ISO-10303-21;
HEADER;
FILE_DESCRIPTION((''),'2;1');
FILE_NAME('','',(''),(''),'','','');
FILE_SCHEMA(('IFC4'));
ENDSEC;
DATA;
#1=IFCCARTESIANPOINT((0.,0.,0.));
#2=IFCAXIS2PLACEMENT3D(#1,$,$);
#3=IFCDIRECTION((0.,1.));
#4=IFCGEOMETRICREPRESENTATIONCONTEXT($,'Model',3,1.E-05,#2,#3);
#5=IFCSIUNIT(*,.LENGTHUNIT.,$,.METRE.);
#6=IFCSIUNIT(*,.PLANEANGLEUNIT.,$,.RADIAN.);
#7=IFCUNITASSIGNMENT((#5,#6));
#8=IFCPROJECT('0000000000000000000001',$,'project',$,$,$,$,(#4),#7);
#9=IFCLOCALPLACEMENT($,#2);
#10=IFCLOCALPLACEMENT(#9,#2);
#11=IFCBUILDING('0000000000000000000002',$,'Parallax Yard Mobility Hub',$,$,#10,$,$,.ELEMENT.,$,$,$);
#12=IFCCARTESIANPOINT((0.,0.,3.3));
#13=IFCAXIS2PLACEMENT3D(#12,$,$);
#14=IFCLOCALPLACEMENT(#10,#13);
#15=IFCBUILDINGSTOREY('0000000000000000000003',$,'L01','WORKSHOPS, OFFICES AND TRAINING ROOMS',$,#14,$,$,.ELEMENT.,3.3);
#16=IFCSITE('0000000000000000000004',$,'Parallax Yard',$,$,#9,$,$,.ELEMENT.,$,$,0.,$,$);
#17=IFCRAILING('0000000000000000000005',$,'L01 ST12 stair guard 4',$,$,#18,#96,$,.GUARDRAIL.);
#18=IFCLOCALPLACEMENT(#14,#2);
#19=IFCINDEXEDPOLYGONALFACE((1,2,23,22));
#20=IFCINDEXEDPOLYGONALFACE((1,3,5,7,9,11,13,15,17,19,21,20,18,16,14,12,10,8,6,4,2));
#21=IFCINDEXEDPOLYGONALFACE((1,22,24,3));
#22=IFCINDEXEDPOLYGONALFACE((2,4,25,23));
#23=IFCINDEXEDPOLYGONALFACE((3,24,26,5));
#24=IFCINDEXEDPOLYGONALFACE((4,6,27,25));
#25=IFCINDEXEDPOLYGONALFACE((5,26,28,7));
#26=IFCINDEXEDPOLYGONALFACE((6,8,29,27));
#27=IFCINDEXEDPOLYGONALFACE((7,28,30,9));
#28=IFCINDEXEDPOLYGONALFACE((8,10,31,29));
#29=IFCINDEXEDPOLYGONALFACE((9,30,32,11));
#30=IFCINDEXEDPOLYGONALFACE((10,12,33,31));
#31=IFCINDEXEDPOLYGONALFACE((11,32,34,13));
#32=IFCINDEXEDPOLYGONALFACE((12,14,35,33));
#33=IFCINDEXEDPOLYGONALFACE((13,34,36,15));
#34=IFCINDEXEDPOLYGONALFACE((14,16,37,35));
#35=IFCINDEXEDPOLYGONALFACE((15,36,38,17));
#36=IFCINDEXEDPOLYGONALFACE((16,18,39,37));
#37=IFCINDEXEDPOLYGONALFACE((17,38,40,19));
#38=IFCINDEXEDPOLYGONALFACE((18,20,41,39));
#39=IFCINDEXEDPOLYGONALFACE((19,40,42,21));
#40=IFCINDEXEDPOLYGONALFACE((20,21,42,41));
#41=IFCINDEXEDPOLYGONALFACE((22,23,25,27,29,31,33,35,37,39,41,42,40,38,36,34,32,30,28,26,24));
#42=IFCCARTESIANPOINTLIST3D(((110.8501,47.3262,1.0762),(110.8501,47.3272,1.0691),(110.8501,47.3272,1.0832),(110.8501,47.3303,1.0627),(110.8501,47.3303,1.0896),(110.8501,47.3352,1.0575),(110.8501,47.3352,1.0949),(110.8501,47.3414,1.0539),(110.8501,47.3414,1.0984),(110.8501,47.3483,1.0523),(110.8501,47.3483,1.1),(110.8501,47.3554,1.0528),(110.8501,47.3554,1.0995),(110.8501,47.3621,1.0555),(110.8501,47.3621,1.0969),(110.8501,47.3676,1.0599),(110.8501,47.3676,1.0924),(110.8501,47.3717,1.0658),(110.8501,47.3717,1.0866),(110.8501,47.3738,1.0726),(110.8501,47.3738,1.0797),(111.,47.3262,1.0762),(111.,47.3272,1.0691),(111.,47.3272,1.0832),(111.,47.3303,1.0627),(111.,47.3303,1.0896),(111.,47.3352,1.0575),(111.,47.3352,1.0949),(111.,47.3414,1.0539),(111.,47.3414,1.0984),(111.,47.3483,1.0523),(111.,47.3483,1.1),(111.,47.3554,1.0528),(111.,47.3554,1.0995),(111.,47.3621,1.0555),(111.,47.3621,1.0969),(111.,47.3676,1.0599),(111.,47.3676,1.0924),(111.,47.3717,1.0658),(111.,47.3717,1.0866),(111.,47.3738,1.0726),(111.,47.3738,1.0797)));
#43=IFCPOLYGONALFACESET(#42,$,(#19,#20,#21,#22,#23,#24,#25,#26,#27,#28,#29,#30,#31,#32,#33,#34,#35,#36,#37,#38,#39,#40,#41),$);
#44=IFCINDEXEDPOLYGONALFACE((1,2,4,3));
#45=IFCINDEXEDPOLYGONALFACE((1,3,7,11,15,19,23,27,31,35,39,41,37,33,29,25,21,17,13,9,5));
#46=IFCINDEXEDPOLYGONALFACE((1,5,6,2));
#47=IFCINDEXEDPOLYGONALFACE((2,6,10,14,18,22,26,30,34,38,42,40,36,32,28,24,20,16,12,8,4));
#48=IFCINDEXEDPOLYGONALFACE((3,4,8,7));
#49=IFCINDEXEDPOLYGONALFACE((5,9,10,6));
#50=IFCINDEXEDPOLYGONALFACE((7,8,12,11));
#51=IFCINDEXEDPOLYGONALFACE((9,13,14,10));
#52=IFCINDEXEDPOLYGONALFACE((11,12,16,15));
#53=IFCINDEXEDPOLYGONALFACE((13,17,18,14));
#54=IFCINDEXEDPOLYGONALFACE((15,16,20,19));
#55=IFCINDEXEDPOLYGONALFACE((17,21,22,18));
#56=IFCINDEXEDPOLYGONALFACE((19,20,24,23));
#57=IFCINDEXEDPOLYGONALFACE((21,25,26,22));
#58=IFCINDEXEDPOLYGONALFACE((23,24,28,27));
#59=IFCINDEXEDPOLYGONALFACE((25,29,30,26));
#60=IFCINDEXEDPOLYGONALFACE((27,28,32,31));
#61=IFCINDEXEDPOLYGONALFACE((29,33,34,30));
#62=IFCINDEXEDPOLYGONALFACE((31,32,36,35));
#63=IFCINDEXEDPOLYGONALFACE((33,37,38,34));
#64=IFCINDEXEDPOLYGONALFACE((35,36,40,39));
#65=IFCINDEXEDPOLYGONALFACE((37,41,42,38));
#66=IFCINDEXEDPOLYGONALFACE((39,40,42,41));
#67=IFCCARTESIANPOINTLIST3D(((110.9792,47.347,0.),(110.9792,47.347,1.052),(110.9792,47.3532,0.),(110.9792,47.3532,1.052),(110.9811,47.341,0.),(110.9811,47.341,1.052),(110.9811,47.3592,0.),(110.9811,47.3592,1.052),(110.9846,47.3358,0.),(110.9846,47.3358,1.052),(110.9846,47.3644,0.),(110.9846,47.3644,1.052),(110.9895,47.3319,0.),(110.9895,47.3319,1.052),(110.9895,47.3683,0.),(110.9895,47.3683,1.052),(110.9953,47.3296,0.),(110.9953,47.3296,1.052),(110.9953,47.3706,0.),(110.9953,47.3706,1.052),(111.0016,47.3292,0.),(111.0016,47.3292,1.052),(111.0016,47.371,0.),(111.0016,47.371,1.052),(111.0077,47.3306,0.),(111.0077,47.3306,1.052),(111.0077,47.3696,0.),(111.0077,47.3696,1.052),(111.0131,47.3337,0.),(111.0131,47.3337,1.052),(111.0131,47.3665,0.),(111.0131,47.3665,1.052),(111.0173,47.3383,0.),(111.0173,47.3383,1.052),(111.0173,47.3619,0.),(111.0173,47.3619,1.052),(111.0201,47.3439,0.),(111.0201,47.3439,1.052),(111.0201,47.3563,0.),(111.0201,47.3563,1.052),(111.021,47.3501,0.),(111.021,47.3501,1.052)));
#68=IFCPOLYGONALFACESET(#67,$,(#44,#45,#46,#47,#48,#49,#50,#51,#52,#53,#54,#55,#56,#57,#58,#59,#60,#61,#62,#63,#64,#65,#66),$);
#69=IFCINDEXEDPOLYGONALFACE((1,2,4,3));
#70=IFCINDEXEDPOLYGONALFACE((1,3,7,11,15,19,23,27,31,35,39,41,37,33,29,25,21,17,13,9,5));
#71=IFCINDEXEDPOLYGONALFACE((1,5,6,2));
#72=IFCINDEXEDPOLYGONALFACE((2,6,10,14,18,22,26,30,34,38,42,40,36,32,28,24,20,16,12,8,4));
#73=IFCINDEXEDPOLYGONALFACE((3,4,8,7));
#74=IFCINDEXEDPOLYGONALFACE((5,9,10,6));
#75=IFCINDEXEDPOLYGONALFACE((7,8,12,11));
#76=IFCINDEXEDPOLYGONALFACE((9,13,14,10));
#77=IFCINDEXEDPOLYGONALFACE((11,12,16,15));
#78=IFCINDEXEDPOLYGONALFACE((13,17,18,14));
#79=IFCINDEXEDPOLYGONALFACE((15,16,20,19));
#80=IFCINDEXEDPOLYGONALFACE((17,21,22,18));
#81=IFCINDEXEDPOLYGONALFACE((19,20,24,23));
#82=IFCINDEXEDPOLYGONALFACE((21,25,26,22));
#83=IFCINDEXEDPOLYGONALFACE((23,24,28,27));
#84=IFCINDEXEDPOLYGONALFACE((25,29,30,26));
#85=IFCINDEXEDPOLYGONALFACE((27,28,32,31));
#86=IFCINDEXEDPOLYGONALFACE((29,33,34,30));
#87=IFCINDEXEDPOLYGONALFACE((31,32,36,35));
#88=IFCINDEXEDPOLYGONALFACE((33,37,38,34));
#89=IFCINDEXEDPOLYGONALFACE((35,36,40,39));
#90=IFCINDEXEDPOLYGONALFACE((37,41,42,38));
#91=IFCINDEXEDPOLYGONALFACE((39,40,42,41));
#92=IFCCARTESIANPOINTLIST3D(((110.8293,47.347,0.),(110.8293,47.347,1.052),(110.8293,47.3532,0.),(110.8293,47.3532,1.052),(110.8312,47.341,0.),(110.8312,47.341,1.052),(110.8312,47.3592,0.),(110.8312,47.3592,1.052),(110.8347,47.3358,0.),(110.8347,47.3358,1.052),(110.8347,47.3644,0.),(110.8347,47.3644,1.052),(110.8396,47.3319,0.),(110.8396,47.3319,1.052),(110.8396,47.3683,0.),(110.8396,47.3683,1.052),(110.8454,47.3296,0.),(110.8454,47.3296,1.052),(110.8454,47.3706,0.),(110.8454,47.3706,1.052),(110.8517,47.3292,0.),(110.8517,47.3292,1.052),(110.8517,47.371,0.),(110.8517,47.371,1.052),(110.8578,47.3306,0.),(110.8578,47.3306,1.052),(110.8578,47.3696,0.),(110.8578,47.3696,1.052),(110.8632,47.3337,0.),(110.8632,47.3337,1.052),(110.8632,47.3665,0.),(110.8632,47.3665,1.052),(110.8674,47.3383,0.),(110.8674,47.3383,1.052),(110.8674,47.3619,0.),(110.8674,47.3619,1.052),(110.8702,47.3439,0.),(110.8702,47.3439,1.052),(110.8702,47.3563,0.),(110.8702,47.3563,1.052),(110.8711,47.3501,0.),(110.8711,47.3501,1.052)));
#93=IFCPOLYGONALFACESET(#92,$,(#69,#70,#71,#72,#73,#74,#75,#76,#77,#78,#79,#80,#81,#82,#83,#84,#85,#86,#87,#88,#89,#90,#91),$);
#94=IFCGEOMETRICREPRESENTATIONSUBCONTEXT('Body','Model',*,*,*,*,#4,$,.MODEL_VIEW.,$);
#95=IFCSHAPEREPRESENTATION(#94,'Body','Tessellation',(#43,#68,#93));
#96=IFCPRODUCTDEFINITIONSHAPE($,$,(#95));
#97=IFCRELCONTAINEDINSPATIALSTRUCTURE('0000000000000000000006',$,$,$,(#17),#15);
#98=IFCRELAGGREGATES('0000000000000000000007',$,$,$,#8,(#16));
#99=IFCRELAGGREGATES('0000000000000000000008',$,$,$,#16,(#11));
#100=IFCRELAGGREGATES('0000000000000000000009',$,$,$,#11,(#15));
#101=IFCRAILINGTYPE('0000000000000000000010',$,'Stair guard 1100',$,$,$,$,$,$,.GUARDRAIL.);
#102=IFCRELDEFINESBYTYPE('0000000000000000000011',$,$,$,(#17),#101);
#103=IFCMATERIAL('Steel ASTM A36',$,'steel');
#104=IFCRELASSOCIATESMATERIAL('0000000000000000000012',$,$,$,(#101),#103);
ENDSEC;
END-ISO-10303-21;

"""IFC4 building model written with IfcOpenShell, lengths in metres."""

from ifc_helpers import new_model, si_unit, direction, frame, origin, origin_2d, place, context, subcontext, project, spatial, circle, extrude, material, type_object, element, save


model = new_model("IFC4")

# Units and contexts
model_context = context("Model", 3, precision=1e-05, world=origin(), true_north=direction((0.0, 1.0)))
body_context = subcontext(model_context, "Body", "Model", "MODEL_VIEW")
ifc_project = project(units=[si_unit("LENGTHUNIT", "METRE"), si_unit("PLANEANGLEUNIT", "RADIAN")], contexts=[model_context])

# Site, building, storey
site_placement = place(None, origin())
site = spatial("IfcSite", under=ifc_project, at=site_placement, Name="Parallax Yard", CompositionType="ELEMENT", RefElevation=0.0)
building_placement = place(site_placement, origin())
building = spatial("IfcBuilding", under=site, at=building_placement, Name="Parallax Yard Mobility Hub", CompositionType="ELEMENT")
storey_placement = place(building_placement, frame((0.0, 0.0, 3.3)))
storey = spatial("IfcBuildingStorey", under=building, at=storey_placement, Name="L01", Description="WORKSHOPS, OFFICES AND TRAINING ROOMS", CompositionType="ELEMENT", Elevation=3.3)

# Railing
ifc_material_1 = material(Name="Steel ASTM A36", Category="steel")
railing_type_1 = type_object("IfcRailingType", Name="Stair guard 1100", PredefinedType="GUARDRAIL", material=ifc_material_1)
railing_1_placement = place(storey_placement, frame((111.0, 47.3501, 0.0)))
element("IfcRailing", 1, at=railing_1_placement, inside=storey, type_object=railing_type_1, Name="L01 ST12 stair guard 4", PredefinedType="GUARDRAIL", context=body_context, shape_type="SweptSolid", body=[
    extrude(circle(Radius=0.0239, at=origin_2d()), frame((0.0, 0.0, 1.0762), z_axis=(-1.0, 0.0, 0.0), x_axis=(0.0, -1.0, 0.0)), (0.0, 0.0, 1.0), 0.1499),
    extrude(circle(Radius=0.021, at=origin_2d()), origin(), (0.0, 0.0, 1.0), 1.052),
    extrude(circle(Radius=0.021, at=origin_2d()), frame((-0.1499, 0.0, 0.0)), (0.0, 0.0, 1.0), 1.052),
])

save(model, "model.ifc")
